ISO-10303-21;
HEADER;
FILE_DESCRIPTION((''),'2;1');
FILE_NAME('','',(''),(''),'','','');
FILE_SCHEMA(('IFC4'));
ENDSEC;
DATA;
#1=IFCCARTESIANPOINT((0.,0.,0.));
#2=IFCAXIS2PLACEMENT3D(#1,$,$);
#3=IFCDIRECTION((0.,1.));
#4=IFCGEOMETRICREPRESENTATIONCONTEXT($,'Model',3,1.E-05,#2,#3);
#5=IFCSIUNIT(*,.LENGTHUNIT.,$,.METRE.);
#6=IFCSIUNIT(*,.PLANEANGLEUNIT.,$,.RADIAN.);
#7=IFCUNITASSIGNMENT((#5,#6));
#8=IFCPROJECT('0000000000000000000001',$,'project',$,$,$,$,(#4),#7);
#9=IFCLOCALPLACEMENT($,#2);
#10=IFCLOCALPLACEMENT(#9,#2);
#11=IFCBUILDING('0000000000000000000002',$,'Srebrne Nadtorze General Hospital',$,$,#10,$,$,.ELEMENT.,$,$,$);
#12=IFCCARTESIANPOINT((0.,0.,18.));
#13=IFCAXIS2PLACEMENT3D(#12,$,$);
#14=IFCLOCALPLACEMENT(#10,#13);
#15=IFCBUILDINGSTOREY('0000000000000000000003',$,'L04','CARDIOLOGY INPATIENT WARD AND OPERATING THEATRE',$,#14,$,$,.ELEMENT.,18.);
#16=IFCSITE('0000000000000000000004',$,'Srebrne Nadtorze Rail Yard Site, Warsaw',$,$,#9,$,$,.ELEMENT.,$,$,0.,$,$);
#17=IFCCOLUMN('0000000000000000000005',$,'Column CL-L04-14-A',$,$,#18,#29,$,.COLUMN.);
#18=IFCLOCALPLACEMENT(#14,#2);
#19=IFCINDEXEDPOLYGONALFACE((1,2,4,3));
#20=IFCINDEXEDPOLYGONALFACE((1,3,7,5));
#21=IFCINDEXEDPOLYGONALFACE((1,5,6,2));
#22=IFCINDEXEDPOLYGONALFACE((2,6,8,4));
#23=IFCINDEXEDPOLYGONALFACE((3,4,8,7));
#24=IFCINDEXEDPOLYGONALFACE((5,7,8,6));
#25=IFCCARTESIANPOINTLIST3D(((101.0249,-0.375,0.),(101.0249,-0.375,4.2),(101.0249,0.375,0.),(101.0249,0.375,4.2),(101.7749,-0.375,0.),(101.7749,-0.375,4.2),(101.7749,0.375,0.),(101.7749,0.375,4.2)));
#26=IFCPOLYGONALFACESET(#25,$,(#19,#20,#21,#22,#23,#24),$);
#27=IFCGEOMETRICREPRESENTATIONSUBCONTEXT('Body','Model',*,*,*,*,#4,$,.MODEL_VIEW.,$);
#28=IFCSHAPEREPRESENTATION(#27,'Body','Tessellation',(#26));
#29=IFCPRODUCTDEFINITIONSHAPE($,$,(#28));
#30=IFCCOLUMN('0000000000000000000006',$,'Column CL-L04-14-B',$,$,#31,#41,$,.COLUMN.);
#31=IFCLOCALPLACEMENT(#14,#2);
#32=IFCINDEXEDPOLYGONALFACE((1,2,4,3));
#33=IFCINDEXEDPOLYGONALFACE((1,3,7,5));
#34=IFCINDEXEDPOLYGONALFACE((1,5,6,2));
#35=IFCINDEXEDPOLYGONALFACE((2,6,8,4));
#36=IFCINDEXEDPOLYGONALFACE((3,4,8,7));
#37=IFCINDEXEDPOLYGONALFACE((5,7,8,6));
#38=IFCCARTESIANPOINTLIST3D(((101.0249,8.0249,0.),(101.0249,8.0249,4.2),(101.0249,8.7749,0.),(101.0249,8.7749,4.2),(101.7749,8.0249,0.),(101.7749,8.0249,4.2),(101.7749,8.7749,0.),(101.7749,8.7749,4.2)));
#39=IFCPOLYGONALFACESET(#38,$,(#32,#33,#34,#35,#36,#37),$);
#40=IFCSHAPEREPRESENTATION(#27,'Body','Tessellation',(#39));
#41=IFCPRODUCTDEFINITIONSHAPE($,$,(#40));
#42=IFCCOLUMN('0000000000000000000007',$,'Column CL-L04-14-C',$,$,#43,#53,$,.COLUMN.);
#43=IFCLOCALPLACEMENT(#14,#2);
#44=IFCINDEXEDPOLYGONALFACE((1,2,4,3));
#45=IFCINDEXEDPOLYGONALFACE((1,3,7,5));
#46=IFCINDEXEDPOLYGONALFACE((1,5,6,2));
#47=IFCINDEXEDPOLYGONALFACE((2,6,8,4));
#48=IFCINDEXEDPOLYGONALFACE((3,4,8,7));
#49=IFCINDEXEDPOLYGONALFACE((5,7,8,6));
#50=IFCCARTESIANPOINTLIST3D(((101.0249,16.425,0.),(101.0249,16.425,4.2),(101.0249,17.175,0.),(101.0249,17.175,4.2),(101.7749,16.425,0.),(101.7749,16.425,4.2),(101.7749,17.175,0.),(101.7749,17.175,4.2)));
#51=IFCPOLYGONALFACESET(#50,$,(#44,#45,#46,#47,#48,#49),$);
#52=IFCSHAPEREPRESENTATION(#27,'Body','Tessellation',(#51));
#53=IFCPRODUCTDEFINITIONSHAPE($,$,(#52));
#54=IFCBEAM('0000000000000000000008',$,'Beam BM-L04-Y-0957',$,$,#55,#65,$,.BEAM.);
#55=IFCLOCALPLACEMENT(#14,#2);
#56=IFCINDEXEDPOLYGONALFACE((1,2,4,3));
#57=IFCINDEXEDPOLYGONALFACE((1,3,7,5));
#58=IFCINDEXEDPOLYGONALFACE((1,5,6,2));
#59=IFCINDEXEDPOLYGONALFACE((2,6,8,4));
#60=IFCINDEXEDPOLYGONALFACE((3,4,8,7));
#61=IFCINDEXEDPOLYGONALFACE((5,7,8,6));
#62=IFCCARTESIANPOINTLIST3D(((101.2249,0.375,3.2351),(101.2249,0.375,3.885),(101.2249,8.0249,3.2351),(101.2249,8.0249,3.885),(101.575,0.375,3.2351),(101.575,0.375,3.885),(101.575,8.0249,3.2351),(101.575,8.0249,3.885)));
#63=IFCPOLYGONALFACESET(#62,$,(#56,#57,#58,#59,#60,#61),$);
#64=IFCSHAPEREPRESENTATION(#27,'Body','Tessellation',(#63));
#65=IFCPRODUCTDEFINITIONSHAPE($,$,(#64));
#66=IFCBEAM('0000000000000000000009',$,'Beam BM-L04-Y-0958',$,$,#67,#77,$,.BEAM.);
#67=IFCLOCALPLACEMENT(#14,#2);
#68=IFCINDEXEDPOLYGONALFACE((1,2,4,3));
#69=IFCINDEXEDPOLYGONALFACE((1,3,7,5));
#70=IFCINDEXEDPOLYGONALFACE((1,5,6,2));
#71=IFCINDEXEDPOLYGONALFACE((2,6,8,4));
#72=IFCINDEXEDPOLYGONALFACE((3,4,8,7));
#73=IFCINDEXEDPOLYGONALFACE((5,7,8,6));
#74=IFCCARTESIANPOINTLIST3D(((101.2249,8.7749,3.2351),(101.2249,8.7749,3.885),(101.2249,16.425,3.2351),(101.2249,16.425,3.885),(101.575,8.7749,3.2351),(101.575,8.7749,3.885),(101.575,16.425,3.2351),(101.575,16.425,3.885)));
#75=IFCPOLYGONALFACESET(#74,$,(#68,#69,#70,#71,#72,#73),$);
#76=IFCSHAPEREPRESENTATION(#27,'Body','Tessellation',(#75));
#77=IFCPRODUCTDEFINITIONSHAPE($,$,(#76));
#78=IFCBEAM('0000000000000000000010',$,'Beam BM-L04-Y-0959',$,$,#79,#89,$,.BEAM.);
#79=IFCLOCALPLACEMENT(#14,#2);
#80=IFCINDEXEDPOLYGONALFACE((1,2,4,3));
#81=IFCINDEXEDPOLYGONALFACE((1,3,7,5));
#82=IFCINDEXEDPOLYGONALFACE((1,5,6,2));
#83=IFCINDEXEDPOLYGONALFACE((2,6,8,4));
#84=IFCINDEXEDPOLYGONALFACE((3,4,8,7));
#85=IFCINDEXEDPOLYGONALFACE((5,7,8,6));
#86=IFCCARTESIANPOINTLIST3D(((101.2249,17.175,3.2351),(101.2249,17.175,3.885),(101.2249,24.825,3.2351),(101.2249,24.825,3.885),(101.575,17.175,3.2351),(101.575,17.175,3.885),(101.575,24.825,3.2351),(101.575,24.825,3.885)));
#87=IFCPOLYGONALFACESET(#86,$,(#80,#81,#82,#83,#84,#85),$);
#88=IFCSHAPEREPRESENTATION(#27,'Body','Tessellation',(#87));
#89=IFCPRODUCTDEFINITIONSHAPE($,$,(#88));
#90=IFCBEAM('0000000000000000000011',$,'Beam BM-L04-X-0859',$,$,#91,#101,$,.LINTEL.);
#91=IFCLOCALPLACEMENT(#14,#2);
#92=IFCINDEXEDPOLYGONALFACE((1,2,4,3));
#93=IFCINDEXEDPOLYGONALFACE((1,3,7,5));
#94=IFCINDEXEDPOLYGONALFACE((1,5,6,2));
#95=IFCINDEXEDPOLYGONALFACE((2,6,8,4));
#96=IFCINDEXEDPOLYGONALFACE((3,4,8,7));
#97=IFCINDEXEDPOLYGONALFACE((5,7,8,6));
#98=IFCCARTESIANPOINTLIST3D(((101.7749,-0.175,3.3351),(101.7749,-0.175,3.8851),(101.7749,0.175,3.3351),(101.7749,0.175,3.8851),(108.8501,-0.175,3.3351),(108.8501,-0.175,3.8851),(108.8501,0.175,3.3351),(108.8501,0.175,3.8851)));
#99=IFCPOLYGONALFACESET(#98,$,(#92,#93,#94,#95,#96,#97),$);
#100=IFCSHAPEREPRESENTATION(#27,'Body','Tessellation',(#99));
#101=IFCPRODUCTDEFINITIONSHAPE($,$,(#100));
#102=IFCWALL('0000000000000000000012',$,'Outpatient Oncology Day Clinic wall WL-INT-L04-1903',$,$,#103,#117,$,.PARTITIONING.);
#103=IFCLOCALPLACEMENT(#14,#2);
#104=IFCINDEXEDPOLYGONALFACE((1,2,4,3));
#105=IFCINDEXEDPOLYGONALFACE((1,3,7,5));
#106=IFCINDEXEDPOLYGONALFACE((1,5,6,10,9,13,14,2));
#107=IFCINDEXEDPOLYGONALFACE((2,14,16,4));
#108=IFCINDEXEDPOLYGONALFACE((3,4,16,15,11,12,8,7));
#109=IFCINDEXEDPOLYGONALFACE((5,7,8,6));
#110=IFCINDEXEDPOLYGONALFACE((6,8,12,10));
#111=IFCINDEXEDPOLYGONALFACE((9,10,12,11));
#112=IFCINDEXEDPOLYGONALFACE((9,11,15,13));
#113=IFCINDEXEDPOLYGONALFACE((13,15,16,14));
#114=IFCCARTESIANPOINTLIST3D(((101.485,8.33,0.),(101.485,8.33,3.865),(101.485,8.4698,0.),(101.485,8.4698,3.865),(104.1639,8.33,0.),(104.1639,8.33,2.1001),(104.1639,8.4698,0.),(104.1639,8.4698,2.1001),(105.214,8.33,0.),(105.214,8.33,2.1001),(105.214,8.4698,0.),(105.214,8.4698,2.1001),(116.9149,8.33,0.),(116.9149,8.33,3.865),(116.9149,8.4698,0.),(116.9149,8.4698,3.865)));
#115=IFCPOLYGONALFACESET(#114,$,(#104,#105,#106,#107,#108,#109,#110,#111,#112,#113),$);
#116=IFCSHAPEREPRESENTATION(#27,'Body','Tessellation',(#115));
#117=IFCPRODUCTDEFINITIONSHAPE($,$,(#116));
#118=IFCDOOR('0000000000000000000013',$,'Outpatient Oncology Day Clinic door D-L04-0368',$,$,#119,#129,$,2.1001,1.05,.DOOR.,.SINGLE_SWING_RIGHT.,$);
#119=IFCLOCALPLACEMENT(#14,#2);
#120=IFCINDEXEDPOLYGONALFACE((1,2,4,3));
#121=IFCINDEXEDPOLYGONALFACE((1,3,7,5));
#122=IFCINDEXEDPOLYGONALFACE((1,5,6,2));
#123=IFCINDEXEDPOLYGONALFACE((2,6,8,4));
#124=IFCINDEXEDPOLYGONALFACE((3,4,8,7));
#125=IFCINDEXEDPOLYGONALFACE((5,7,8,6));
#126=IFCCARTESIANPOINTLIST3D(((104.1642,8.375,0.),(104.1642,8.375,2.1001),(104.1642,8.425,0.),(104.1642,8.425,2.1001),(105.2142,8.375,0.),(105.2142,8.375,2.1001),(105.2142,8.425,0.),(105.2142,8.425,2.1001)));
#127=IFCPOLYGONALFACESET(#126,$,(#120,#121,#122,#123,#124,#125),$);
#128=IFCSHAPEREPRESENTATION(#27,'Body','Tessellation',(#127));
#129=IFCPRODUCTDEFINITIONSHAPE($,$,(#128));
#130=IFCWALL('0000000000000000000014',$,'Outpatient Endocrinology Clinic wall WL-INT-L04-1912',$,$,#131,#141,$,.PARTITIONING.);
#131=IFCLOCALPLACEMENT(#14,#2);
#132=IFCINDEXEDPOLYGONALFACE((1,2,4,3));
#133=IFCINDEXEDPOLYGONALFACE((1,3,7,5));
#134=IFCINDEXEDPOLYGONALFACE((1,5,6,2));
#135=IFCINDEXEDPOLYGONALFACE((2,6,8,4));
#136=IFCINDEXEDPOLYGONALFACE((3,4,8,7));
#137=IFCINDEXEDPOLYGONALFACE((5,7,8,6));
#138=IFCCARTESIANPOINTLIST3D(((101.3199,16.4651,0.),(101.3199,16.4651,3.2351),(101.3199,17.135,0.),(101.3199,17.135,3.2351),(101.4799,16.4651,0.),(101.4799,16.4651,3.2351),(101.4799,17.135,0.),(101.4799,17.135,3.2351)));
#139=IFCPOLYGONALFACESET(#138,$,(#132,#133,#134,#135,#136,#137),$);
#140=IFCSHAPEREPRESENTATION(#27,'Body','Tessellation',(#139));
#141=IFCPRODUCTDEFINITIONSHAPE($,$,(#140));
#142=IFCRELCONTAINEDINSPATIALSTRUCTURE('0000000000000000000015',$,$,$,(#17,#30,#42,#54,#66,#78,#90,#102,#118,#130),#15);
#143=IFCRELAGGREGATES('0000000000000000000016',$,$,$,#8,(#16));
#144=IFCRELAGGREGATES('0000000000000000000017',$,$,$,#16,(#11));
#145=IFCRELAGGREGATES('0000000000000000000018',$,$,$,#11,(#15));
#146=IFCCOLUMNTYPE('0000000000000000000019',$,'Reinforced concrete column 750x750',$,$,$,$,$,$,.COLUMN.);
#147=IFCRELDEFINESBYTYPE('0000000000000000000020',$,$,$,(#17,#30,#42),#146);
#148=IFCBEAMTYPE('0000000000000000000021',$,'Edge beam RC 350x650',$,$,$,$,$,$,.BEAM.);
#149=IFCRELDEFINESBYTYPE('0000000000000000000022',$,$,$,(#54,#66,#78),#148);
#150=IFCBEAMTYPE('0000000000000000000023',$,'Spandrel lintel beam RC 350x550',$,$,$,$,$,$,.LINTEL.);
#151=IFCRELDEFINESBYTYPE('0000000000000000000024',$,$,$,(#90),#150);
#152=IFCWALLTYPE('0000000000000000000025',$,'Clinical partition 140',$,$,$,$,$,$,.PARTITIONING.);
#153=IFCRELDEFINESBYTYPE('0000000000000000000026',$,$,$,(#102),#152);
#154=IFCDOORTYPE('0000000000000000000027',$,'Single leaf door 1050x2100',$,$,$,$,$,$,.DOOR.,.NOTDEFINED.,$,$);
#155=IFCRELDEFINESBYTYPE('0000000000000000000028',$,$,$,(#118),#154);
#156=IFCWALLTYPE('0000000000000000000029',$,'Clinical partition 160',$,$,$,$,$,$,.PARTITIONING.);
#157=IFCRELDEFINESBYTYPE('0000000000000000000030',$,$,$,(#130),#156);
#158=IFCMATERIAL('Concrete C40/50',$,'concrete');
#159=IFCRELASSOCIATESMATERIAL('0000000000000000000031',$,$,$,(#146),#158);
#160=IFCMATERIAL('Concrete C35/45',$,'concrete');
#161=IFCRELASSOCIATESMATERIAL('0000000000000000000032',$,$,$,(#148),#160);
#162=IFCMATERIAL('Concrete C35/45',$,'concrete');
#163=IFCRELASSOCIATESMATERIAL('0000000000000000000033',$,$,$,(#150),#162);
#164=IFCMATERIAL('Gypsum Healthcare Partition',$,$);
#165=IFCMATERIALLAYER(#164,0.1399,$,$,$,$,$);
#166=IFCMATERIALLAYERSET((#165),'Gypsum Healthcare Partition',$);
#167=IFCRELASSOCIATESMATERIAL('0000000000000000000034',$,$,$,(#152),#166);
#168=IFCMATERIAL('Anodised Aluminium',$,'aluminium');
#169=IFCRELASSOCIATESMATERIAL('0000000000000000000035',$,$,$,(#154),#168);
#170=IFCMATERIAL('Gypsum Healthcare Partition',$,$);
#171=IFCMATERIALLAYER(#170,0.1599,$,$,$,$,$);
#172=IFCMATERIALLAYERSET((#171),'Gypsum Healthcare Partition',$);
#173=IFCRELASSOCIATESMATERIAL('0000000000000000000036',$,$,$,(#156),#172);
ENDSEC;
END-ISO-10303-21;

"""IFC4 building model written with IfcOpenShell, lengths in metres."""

from ifc_helpers import new_model, si_unit, direction, frame, frame_2d, origin, origin_2d, place, context, subcontext, project, spatial, rectangle, extrude, material, layer, layer_set, material_profile, profile_set, type_object, element, fill, save


model = new_model("IFC4")

# Units and contexts
model_context = context("Model", 3, precision=1e-05, world=origin(), true_north=direction((0.0, 1.0)))
body_context = subcontext(model_context, "Body", "Model", "MODEL_VIEW")
ifc_project = project(units=[si_unit("LENGTHUNIT", "METRE"), si_unit("PLANEANGLEUNIT", "RADIAN")], contexts=[model_context])

# Site, building, storey
site_placement = place(None, origin())
site = spatial("IfcSite", under=ifc_project, at=site_placement, Name="Srebrne Nadtorze Rail Yard Site, Warsaw", CompositionType="ELEMENT", RefElevation=0.0)
building_placement = place(site_placement, origin())
building = spatial("IfcBuilding", under=site, at=building_placement, Name="Srebrne Nadtorze General Hospital", CompositionType="ELEMENT")
storey_placement = place(building_placement, frame((0.0, 0.0, 18.0)))
storey = spatial("IfcBuildingStorey", under=building, at=storey_placement, Name="L04", Description="CARDIOLOGY INPATIENT WARD AND OPERATING THEATRE", CompositionType="ELEMENT", Elevation=18.0)

# Columns
ifc_material_1 = material(Name="Concrete C40/50", Category="concrete")
ifc_material_profile_1 = material_profile(ifc_material_1, rectangle(XDim=0.75, YDim=0.75, at=origin_2d()), Name="RC-COL-750x750")
ifc_profile_set_1 = profile_set([ifc_material_profile_1], Name="Concrete C40/50")
column_type = type_object("IfcColumnType", Name="Reinforced concrete column 750x750", PredefinedType="COLUMN", material=ifc_profile_set_1)
for number, where, z_axis, x_axis, name in (
    (1, (101.3999, 0.0, 0.0), (0.0, 0.0, 1.0), (1.0, 0.0, 0.0), "Column CL-L04-14-A"),
    (2, (101.3999, 8.3999, 0.0), (0.0, 0.0, 1.0), (1.0, 0.0, 0.0), "Column CL-L04-14-B"),
    (3, (101.3999, 16.8, 0.0), (0.0, 0.0, 1.0), (1.0, 0.0, 0.0), "Column CL-L04-14-C"),
):
    element("IfcColumn", number, at=place(storey_placement, frame(where, z_axis=z_axis, x_axis=x_axis)), inside=storey, type_object=column_type, Name=name, PredefinedType="COLUMN", context=body_context, shape_type="SweptSolid", body=[
        extrude(rectangle(XDim=0.75, YDim=0.75, at=origin_2d()), origin(), (0.0, 0.0, 1.0), 4.2),
    ])

# Beams
ifc_material_2 = material(Name="Concrete C35/45", Category="concrete")
ifc_material_profile_2 = material_profile(ifc_material_2, rectangle(XDim=0.3501, YDim=0.6499, at=origin_2d()), Name="RC-BM-350x650")
ifc_profile_set_2 = profile_set([ifc_material_profile_2], Name="Concrete C35/45")
beam_type_1 = type_object("IfcBeamType", Name="Edge beam RC 350x650", PredefinedType="BEAM", material=ifc_profile_set_2)
beam_1_placement = place(storey_placement, frame((101.3999, 0.375, 3.5601), z_axis=(0.0, 1.0, 0.0), x_axis=(-1.0, 0.0, 0.0)))
element("IfcBeam", 4, at=beam_1_placement, inside=storey, type_object=beam_type_1, Name="Beam BM-L04-Y-0957", PredefinedType="BEAM", context=body_context, shape_type="SweptSolid", body=[
    extrude(rectangle(XDim=0.3501, YDim=0.6499, at=origin_2d()), origin(), (0.0, 0.0, 1.0), 7.6499),
])
beam_2_placement = place(storey_placement, frame((101.3999, 8.7749, 3.5601), z_axis=(0.0, 1.0, 0.0), x_axis=(-1.0, 0.0, 0.0)))
element("IfcBeam", 5, at=beam_2_placement, inside=storey, type_object=beam_type_1, Name="Beam BM-L04-Y-0958", PredefinedType="BEAM", context=body_context, shape_type="SweptSolid", body=[
    extrude(rectangle(XDim=0.3501, YDim=0.6499, at=origin_2d()), origin(), (0.0, 0.0, 1.0), 7.6501),
])
beam_3_placement = place(storey_placement, frame((101.3999, 17.175, 3.5601), z_axis=(0.0, 1.0, 0.0), x_axis=(-1.0, 0.0, 0.0)))
element("IfcBeam", 6, at=beam_3_placement, inside=storey, type_object=beam_type_1, Name="Beam BM-L04-Y-0959", PredefinedType="BEAM", context=body_context, shape_type="SweptSolid", body=[
    extrude(rectangle(XDim=0.3501, YDim=0.6499, at=origin_2d()), origin(), (0.0, 0.0, 1.0), 7.6499),
])
ifc_material_3 = material(Name="Concrete C35/45", Category="concrete")
ifc_material_profile_3 = material_profile(ifc_material_3, rectangle(XDim=0.3501, YDim=0.55, at=origin_2d()), Name="RC-BM-350x550")
ifc_profile_set_3 = profile_set([ifc_material_profile_3], Name="Concrete C35/45")
beam_type_2 = type_object("IfcBeamType", Name="Spandrel lintel beam RC 350x550", PredefinedType="LINTEL", material=ifc_profile_set_3)
beam_4_placement = place(storey_placement, frame((101.7749, 0.0, 3.6101), z_axis=(1.0, 0.0, 0.0), x_axis=(0.0, 1.0, 0.0)))
element("IfcBeam", 7, at=beam_4_placement, inside=storey, type_object=beam_type_2, Name="Beam BM-L04-X-0859", PredefinedType="LINTEL", context=body_context, shape_type="SweptSolid", body=[
    extrude(rectangle(XDim=0.3501, YDim=0.55, at=origin_2d()), origin(), (0.0, 0.0, 1.0), 7.0752),
])

# Wall, opening, door
ifc_material_4 = material(Name="Gypsum Healthcare Partition")
ifc_layer_1 = layer(ifc_material_4, 0.1399)
ifc_layer_set_1 = layer_set([ifc_layer_1], Name="Gypsum Healthcare Partition")
wall_type_1 = type_object("IfcWallType", Name="Clinical partition 140", PredefinedType="PARTITIONING", material=ifc_layer_set_1)
wall_1_placement = place(storey_placement, frame((101.4851, 8.3999, 0.0), z_axis=(0.0, 0.0, 1.0), x_axis=(1.0, 0.0, 0.0)))
wall_1 = element("IfcWall", 8, at=wall_1_placement, inside=storey, type_object=wall_type_1, Name="Outpatient Oncology Day Clinic wall WL-INT-L04-1903", PredefinedType="PARTITIONING", context=body_context, shape_type="SweptSolid", body=[
    extrude(rectangle(XDim=15.4299, YDim=0.1399, at=frame_2d((7.7148, 0.0))), origin(), (0.0, 0.0, 1.0), 3.865),
])
opening_1_placement = place(wall_1_placement, frame((2.679, 0.0, 0.0)))
opening_1 = element("IfcOpeningElement", 9, at=opening_1_placement, cuts=wall_1, PredefinedType="OPENING", context=body_context, shape_type="SweptSolid", body=[
    extrude(rectangle(XDim=1.05, YDim=2.1001, at=frame_2d((0.5249, 1.05))), frame((0.0, 0.082, 0.0), z_axis=(0.0, -1.0, 0.0), x_axis=(1.0, 0.0, 0.0)), (0.0, 0.0, 1.0), 0.1638),
])
ifc_material_5 = material(Name="Anodised Aluminium", Category="aluminium")
door_type = type_object("IfcDoorType", Name="Single leaf door 1050x2100", OperationType="NOTDEFINED", PredefinedType="DOOR", material=ifc_material_5)
door_placement = place(opening_1_placement, frame((1.05, 0.0, 0.0), z_axis=(0.0, 0.0, 1.0), x_axis=(-1.0, 0.0, 0.0)))
door = element("IfcDoor", 10, at=door_placement, inside=storey, type_object=door_type, Name="Outpatient Oncology Day Clinic door D-L04-0368", OperationType="SINGLE_SWING_RIGHT", OverallHeight=2.1001, OverallWidth=1.05, PredefinedType="DOOR", context=body_context, shape_type="SweptSolid", body=[
    extrude(rectangle(XDim=1.05, YDim=2.1001, at=frame_2d((0.5249, 1.05))), frame((0.0, 0.0249, 0.0), z_axis=(0.0, -1.0, 0.0), x_axis=(1.0, 0.0, 0.0)), (0.0, 0.0, 1.0), 0.05),
])
fill(opening_1, door)

# Wall
ifc_material_6 = material(Name="Gypsum Healthcare Partition")
ifc_layer_2 = layer(ifc_material_6, 0.1599)
ifc_layer_set_2 = layer_set([ifc_layer_2], Name="Gypsum Healthcare Partition")
wall_type_2 = type_object("IfcWallType", Name="Clinical partition 160", PredefinedType="PARTITIONING", material=ifc_layer_set_2)
wall_2_placement = place(storey_placement, frame((101.3999, 16.4651, 0.0), z_axis=(0.0, 0.0, 1.0), x_axis=(0.0, 1.0, 0.0)))
element("IfcWall", 11, at=wall_2_placement, inside=storey, type_object=wall_type_2, Name="Outpatient Endocrinology Clinic wall WL-INT-L04-1912", PredefinedType="PARTITIONING", context=body_context, shape_type="SweptSolid", body=[
    extrude(rectangle(XDim=0.6699, YDim=0.1599, at=frame_2d((0.335, 0.0))), origin(), (0.0, 0.0, 1.0), 3.2351),
])

save(model, "model.ifc")
